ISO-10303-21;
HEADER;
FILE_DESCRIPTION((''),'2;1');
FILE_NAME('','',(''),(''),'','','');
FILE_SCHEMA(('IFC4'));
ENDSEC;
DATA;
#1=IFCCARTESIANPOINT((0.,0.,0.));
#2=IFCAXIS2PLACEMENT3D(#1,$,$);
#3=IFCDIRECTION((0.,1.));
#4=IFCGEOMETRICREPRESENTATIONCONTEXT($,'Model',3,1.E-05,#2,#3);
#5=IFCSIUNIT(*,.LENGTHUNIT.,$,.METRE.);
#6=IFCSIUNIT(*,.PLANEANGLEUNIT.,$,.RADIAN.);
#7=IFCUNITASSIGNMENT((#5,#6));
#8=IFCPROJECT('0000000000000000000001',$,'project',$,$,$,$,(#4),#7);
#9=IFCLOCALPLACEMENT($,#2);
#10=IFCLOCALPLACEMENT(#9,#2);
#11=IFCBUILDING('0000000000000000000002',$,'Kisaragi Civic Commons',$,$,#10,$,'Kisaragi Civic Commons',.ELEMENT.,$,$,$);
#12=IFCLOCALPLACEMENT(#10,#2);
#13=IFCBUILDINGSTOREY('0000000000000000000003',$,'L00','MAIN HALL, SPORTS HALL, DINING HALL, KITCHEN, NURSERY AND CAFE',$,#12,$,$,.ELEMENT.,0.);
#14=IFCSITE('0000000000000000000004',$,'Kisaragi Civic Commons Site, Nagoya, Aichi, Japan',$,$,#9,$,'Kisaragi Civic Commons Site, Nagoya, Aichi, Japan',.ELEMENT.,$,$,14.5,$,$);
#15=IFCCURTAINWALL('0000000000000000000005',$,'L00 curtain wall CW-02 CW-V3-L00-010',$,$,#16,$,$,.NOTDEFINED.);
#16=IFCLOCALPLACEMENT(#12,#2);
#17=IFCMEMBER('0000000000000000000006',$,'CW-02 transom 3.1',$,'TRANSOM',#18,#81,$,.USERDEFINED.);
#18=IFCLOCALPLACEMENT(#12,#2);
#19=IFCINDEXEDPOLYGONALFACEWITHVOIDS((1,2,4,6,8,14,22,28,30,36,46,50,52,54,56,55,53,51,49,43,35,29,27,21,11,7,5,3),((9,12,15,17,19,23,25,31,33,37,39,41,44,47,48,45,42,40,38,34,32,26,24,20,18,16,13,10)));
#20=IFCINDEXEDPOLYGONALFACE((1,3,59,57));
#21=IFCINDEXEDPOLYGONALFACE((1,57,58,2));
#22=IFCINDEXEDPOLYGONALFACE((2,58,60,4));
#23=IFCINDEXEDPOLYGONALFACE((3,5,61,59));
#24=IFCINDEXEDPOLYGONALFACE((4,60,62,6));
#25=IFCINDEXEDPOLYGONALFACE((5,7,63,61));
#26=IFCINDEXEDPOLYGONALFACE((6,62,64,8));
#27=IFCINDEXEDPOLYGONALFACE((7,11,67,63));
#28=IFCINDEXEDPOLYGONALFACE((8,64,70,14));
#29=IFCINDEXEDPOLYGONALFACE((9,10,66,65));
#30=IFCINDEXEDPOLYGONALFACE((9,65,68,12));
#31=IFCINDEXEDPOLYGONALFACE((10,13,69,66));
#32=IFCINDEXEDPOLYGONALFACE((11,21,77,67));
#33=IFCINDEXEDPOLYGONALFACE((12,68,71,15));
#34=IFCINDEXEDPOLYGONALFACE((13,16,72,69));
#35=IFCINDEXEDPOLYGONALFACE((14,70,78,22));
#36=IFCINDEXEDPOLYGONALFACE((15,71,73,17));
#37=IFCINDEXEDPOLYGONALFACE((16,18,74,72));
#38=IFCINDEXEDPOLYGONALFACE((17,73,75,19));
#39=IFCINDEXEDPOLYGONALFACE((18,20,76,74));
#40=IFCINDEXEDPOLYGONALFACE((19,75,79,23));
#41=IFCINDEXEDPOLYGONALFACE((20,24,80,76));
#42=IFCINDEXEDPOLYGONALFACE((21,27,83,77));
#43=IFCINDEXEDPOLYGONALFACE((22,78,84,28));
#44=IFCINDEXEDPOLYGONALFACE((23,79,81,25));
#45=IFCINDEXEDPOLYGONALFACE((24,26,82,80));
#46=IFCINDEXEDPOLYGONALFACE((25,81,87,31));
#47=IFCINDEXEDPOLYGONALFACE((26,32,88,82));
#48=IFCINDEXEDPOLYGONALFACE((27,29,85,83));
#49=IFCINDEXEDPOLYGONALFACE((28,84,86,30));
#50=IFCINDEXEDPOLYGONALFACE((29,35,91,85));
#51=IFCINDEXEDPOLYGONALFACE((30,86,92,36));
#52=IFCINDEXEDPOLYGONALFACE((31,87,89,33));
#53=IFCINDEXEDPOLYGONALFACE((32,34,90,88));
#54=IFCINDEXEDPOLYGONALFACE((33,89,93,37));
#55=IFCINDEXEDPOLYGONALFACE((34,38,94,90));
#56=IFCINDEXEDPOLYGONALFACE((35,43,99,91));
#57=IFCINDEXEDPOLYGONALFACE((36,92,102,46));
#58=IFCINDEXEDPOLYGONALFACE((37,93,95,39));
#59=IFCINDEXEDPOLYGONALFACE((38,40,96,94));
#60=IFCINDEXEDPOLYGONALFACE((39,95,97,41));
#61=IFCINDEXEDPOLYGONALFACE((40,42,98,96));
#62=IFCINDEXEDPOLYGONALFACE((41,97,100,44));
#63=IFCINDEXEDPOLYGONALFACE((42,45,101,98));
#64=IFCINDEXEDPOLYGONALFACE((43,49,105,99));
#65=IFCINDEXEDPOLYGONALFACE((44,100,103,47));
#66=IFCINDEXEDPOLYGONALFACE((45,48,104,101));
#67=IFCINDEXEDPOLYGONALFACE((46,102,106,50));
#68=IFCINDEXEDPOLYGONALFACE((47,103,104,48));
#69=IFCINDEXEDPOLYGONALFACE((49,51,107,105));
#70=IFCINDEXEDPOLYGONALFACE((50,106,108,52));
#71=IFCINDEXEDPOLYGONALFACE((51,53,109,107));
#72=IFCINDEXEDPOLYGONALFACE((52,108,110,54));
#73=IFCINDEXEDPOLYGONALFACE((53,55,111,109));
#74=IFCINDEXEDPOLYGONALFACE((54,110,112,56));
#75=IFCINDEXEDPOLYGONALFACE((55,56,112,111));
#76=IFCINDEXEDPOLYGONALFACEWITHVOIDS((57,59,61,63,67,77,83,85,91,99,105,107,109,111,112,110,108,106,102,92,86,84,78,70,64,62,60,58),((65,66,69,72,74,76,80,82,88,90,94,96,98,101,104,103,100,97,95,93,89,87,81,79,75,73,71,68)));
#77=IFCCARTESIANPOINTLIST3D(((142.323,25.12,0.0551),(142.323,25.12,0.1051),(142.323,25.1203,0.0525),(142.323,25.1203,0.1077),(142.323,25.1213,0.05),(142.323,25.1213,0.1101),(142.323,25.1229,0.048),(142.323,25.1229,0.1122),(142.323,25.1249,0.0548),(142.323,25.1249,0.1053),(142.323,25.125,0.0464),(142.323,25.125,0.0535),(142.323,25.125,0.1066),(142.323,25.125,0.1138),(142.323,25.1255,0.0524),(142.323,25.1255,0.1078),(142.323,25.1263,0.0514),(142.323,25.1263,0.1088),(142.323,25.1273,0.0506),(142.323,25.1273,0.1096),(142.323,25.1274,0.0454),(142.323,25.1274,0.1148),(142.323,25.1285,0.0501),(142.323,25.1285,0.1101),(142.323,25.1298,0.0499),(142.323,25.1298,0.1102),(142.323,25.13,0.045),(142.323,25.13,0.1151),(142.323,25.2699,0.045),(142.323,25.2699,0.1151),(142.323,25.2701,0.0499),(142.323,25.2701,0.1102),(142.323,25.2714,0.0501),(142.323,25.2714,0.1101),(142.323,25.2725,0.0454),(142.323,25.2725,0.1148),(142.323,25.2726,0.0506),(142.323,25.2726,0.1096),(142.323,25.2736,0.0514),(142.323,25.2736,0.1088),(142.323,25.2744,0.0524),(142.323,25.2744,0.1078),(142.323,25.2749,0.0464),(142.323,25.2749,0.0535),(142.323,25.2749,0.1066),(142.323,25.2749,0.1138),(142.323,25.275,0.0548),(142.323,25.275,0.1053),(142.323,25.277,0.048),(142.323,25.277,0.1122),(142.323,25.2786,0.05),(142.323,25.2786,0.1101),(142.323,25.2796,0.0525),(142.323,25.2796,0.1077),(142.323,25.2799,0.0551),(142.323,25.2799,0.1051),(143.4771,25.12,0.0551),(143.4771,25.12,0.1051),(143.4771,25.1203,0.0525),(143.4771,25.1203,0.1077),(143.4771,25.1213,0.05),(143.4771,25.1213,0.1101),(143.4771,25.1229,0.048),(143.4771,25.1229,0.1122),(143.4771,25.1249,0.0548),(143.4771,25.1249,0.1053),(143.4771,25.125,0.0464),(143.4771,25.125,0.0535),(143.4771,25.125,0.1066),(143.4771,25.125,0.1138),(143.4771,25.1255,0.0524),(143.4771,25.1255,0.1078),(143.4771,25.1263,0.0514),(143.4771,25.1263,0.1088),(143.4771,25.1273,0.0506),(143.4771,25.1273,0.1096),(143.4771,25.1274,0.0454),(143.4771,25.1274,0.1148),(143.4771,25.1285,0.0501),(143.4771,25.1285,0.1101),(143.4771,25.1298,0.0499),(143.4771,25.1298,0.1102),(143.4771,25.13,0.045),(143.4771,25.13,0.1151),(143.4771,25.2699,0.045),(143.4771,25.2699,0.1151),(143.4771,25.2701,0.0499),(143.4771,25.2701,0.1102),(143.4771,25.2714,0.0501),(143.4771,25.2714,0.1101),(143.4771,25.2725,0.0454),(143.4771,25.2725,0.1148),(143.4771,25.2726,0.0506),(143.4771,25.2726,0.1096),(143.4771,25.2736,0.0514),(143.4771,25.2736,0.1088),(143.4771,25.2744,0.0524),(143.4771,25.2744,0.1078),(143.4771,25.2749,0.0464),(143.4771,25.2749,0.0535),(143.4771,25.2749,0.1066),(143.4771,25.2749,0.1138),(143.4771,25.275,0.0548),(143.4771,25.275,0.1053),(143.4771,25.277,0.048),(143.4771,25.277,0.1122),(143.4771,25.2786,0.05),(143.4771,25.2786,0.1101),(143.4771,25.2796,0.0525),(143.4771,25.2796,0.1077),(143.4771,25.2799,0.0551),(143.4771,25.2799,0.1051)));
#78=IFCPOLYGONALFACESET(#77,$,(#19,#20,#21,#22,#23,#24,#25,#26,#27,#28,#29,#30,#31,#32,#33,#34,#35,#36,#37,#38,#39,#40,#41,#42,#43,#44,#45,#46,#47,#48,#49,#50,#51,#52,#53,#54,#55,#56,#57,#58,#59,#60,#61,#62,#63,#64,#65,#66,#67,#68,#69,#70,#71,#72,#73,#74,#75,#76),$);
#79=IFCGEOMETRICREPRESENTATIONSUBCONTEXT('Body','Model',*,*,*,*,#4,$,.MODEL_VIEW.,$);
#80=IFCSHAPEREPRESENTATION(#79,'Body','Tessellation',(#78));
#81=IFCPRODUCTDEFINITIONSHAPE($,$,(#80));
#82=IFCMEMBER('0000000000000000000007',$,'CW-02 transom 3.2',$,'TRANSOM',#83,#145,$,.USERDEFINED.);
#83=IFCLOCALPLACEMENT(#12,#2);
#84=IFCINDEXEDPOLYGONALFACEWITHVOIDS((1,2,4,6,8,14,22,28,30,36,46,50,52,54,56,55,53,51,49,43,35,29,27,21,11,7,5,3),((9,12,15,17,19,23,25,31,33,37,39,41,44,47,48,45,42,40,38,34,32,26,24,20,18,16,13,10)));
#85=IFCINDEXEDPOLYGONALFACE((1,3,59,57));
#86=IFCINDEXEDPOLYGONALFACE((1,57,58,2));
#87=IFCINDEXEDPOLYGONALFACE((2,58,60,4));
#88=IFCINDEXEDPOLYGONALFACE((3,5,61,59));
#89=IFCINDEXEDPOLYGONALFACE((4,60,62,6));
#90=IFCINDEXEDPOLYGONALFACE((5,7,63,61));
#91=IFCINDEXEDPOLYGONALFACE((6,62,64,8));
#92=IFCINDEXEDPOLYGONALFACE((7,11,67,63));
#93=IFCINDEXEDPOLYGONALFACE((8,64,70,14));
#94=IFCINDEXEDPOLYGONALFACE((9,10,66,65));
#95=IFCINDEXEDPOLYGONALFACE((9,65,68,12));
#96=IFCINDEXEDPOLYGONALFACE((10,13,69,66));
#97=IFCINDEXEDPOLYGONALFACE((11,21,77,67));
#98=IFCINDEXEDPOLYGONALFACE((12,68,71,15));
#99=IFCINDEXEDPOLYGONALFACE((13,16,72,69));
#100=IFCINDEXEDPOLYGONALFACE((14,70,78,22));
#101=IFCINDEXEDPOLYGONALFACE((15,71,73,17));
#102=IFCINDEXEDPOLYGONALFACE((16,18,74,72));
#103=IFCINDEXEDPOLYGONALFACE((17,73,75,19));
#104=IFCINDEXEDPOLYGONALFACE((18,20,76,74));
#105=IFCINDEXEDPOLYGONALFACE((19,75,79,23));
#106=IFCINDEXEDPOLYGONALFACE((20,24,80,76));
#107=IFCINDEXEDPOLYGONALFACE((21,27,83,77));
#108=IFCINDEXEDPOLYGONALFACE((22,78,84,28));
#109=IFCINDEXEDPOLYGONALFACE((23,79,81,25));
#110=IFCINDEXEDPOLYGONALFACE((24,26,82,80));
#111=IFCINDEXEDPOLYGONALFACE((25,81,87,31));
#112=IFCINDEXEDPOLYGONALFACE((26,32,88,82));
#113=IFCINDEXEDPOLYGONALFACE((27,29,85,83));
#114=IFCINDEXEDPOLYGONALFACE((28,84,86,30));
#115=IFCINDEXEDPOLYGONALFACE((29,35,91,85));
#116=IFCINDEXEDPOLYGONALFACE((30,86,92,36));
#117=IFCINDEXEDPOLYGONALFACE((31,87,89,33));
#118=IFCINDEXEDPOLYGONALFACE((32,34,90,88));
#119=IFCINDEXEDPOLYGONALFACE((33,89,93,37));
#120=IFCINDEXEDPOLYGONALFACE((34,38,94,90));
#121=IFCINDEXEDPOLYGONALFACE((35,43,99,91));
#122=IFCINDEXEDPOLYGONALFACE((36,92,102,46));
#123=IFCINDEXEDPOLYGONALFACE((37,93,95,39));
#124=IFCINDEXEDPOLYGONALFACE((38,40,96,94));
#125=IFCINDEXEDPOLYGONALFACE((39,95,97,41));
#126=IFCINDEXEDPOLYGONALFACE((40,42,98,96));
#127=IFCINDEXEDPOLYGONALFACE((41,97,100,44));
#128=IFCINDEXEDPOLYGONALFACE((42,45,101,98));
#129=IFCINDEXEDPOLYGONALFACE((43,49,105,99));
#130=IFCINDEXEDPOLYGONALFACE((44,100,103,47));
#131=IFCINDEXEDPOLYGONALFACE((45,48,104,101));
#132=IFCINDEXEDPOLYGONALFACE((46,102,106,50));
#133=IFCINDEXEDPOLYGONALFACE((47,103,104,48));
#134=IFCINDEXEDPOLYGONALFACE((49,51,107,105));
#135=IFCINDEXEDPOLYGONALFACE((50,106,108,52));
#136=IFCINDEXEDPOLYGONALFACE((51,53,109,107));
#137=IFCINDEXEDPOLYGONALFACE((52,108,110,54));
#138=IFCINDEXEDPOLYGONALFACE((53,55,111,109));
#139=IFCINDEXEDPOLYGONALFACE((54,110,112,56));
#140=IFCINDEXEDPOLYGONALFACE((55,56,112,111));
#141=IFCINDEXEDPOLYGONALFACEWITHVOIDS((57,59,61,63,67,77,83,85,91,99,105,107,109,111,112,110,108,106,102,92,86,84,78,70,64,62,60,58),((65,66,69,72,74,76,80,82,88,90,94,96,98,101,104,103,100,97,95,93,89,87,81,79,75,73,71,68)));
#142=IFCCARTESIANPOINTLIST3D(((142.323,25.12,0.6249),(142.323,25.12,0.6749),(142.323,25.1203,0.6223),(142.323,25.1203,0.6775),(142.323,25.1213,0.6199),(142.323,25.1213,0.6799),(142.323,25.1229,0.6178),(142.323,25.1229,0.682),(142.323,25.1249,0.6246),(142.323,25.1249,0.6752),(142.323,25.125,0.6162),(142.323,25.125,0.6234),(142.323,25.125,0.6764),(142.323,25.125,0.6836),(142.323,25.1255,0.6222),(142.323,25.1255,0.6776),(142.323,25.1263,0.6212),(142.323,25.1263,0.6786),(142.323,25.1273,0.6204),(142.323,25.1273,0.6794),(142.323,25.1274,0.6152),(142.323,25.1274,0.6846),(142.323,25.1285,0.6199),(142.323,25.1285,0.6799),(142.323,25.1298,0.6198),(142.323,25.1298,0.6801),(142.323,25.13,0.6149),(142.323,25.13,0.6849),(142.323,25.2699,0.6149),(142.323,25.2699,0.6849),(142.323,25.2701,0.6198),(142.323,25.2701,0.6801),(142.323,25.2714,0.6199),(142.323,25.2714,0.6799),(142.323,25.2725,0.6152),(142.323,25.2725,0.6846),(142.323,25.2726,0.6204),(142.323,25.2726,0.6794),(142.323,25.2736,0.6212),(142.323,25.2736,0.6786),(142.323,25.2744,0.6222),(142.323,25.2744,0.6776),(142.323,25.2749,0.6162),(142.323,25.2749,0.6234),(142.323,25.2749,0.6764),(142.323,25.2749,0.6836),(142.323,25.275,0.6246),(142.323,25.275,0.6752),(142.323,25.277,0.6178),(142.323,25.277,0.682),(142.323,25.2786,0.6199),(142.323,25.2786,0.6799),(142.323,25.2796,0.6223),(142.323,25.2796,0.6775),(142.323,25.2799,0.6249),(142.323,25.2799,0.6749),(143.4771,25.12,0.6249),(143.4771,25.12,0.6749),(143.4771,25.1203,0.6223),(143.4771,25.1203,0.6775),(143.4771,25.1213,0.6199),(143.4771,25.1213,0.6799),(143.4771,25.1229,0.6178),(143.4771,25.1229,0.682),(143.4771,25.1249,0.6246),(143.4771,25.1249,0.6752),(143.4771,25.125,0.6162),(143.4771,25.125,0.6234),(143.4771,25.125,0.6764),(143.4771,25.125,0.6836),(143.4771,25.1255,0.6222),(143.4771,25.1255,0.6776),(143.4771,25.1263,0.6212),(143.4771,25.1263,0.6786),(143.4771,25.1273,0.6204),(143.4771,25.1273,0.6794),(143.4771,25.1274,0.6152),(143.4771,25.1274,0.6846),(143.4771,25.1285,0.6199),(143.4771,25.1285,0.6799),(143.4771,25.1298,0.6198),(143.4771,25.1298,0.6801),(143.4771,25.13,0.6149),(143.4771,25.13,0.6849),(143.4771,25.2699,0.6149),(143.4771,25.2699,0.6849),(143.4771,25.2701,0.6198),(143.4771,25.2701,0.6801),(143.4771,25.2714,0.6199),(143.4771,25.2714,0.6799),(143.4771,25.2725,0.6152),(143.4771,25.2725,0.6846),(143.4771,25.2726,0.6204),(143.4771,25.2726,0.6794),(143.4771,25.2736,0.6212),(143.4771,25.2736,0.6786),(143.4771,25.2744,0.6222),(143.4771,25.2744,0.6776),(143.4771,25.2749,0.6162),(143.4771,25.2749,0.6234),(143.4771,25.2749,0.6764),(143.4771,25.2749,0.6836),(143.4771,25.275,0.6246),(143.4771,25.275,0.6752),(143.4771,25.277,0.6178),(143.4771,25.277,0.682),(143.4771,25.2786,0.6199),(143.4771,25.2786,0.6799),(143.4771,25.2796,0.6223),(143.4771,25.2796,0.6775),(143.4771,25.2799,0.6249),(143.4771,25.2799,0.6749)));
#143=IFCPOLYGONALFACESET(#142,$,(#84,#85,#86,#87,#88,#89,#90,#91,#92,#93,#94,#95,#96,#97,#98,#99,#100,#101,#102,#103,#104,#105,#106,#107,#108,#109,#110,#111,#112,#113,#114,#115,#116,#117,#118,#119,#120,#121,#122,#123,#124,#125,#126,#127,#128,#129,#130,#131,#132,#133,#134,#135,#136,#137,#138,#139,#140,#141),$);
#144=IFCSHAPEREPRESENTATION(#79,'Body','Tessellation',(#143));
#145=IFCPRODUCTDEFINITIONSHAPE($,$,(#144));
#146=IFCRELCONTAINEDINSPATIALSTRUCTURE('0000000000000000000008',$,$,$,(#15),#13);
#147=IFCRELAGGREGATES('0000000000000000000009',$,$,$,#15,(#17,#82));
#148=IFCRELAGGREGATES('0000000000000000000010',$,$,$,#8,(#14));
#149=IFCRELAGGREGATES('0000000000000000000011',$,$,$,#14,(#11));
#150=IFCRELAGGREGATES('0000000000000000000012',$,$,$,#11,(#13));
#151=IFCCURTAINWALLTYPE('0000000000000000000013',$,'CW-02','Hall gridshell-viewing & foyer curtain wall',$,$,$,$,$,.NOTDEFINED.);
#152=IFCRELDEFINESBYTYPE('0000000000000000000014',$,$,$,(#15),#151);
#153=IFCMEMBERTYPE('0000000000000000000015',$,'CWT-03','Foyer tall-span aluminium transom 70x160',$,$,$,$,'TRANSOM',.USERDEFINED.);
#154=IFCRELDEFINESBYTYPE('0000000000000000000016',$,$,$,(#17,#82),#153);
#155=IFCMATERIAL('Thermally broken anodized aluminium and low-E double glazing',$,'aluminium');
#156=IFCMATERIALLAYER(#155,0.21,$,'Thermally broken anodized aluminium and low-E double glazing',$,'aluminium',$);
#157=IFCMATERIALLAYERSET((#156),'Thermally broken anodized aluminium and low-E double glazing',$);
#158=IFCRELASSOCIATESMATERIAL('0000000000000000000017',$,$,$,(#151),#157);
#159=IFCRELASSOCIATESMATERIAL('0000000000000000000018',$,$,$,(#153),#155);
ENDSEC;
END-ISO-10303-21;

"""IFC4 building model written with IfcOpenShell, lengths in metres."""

from ifc_helpers import new_model, si_unit, direction, frame, origin, origin_2d, place, context, subcontext, project, spatial, hollow_rectangle, extrude, material, layer, layer_set, material_profile, profile_set, type_object, element, aggregate, save


model = new_model("IFC4")

# Units and contexts
model_context = context("Model", 3, precision=1e-05, world=origin(), true_north=direction((0.0, 1.0)))
body_context = subcontext(model_context, "Body", "Model", "MODEL_VIEW")
ifc_project = project(units=[si_unit("LENGTHUNIT", "METRE"), si_unit("PLANEANGLEUNIT", "RADIAN")], contexts=[model_context])

# Site, building, storey
site_placement = place(None, origin())
site = spatial("IfcSite", under=ifc_project, at=site_placement, Name="Kisaragi Civic Commons Site, Nagoya, Aichi, Japan", LongName="Kisaragi Civic Commons Site, Nagoya, Aichi, Japan", CompositionType="ELEMENT", RefElevation=14.5)
building_placement = place(site_placement, origin())
building = spatial("IfcBuilding", under=site, at=building_placement, Name="Kisaragi Civic Commons", LongName="Kisaragi Civic Commons", CompositionType="ELEMENT")
storey_placement = place(building_placement, origin())
storey = spatial("IfcBuildingStorey", under=building, at=storey_placement, Name="L00", Description="MAIN HALL, SPORTS HALL, DINING HALL, KITCHEN, NURSERY AND CAFE", CompositionType="ELEMENT", Elevation=0.0)

# Curtain wall, members
ifc_material_1 = material(Name="Thermally broken anodized aluminium and low-E double glazing", Category="aluminium")
ifc_layer_1 = layer(ifc_material_1, 0.21, Name="Thermally broken anodized aluminium and low-E double glazing", Category="aluminium")
ifc_layer_set_1 = layer_set([ifc_layer_1], Name="Thermally broken anodized aluminium and low-E double glazing")
curtain_wall_type = type_object("IfcCurtainWallType", Name="CW-02", Description="Hall gridshell-viewing & foyer curtain wall", PredefinedType="NOTDEFINED", material=ifc_layer_set_1)
curtain_wall_placement = place(storey_placement, origin())
curtain_wall = element("IfcCurtainWall", 1, at=curtain_wall_placement, inside=storey, type_object=curtain_wall_type, Name="L00 curtain wall CW-02 CW-V3-L00-010", PredefinedType="NOTDEFINED")
ifc_material_profile_1 = material_profile(ifc_material_1, hollow_rectangle(XDim=0.1599, YDim=0.0701, WallThickness=0.0049, InnerFilletRadius=0.0049, OuterFilletRadius=0.01, at=origin_2d()), Name="CWT-70x160x5", Category="aluminium")
ifc_profile_set_1 = profile_set([ifc_material_profile_1], Name="Thermally broken anodized aluminium and low-E double glazing")
member_type_1 = type_object("IfcMemberType", Name="CWT-03", Description="Foyer tall-span aluminium transom 70x160", ElementType="TRANSOM", PredefinedType="USERDEFINED", material=ifc_profile_set_1)
member_1_placement = place(storey_placement, frame((142.323, 25.2, 0.0801), z_axis=(1.0, 0.0, 0.0), x_axis=(0.0, 1.0, 0.0)))
member_1 = element("IfcMember", 2, at=member_1_placement, type_object=member_type_1, Name="CW-02 transom 3.1", ObjectType="TRANSOM", PredefinedType="USERDEFINED", context=body_context, shape_type="SweptSolid", body=[
    extrude(hollow_rectangle(XDim=0.1599, YDim=0.0701, WallThickness=0.0049, InnerFilletRadius=0.0049, OuterFilletRadius=0.01, at=origin_2d()), origin(), (0.0, 0.0, 1.0), 1.1541),
])
member_2_placement = place(storey_placement, frame((142.323, 25.2, 0.6499), z_axis=(1.0, 0.0, 0.0), x_axis=(0.0, 1.0, 0.0)))
member_2 = element("IfcMember", 3, at=member_2_placement, type_object=member_type_1, Name="CW-02 transom 3.2", ObjectType="TRANSOM", PredefinedType="USERDEFINED", context=body_context, shape_type="SweptSolid", body=[
    extrude(hollow_rectangle(XDim=0.1599, YDim=0.0701, WallThickness=0.0049, InnerFilletRadius=0.0049, OuterFilletRadius=0.01, at=origin_2d()), origin(), (0.0, 0.0, 1.0), 1.1541),
])

aggregate(curtain_wall, [member_1, member_2])

save(model, "model.ifc")
